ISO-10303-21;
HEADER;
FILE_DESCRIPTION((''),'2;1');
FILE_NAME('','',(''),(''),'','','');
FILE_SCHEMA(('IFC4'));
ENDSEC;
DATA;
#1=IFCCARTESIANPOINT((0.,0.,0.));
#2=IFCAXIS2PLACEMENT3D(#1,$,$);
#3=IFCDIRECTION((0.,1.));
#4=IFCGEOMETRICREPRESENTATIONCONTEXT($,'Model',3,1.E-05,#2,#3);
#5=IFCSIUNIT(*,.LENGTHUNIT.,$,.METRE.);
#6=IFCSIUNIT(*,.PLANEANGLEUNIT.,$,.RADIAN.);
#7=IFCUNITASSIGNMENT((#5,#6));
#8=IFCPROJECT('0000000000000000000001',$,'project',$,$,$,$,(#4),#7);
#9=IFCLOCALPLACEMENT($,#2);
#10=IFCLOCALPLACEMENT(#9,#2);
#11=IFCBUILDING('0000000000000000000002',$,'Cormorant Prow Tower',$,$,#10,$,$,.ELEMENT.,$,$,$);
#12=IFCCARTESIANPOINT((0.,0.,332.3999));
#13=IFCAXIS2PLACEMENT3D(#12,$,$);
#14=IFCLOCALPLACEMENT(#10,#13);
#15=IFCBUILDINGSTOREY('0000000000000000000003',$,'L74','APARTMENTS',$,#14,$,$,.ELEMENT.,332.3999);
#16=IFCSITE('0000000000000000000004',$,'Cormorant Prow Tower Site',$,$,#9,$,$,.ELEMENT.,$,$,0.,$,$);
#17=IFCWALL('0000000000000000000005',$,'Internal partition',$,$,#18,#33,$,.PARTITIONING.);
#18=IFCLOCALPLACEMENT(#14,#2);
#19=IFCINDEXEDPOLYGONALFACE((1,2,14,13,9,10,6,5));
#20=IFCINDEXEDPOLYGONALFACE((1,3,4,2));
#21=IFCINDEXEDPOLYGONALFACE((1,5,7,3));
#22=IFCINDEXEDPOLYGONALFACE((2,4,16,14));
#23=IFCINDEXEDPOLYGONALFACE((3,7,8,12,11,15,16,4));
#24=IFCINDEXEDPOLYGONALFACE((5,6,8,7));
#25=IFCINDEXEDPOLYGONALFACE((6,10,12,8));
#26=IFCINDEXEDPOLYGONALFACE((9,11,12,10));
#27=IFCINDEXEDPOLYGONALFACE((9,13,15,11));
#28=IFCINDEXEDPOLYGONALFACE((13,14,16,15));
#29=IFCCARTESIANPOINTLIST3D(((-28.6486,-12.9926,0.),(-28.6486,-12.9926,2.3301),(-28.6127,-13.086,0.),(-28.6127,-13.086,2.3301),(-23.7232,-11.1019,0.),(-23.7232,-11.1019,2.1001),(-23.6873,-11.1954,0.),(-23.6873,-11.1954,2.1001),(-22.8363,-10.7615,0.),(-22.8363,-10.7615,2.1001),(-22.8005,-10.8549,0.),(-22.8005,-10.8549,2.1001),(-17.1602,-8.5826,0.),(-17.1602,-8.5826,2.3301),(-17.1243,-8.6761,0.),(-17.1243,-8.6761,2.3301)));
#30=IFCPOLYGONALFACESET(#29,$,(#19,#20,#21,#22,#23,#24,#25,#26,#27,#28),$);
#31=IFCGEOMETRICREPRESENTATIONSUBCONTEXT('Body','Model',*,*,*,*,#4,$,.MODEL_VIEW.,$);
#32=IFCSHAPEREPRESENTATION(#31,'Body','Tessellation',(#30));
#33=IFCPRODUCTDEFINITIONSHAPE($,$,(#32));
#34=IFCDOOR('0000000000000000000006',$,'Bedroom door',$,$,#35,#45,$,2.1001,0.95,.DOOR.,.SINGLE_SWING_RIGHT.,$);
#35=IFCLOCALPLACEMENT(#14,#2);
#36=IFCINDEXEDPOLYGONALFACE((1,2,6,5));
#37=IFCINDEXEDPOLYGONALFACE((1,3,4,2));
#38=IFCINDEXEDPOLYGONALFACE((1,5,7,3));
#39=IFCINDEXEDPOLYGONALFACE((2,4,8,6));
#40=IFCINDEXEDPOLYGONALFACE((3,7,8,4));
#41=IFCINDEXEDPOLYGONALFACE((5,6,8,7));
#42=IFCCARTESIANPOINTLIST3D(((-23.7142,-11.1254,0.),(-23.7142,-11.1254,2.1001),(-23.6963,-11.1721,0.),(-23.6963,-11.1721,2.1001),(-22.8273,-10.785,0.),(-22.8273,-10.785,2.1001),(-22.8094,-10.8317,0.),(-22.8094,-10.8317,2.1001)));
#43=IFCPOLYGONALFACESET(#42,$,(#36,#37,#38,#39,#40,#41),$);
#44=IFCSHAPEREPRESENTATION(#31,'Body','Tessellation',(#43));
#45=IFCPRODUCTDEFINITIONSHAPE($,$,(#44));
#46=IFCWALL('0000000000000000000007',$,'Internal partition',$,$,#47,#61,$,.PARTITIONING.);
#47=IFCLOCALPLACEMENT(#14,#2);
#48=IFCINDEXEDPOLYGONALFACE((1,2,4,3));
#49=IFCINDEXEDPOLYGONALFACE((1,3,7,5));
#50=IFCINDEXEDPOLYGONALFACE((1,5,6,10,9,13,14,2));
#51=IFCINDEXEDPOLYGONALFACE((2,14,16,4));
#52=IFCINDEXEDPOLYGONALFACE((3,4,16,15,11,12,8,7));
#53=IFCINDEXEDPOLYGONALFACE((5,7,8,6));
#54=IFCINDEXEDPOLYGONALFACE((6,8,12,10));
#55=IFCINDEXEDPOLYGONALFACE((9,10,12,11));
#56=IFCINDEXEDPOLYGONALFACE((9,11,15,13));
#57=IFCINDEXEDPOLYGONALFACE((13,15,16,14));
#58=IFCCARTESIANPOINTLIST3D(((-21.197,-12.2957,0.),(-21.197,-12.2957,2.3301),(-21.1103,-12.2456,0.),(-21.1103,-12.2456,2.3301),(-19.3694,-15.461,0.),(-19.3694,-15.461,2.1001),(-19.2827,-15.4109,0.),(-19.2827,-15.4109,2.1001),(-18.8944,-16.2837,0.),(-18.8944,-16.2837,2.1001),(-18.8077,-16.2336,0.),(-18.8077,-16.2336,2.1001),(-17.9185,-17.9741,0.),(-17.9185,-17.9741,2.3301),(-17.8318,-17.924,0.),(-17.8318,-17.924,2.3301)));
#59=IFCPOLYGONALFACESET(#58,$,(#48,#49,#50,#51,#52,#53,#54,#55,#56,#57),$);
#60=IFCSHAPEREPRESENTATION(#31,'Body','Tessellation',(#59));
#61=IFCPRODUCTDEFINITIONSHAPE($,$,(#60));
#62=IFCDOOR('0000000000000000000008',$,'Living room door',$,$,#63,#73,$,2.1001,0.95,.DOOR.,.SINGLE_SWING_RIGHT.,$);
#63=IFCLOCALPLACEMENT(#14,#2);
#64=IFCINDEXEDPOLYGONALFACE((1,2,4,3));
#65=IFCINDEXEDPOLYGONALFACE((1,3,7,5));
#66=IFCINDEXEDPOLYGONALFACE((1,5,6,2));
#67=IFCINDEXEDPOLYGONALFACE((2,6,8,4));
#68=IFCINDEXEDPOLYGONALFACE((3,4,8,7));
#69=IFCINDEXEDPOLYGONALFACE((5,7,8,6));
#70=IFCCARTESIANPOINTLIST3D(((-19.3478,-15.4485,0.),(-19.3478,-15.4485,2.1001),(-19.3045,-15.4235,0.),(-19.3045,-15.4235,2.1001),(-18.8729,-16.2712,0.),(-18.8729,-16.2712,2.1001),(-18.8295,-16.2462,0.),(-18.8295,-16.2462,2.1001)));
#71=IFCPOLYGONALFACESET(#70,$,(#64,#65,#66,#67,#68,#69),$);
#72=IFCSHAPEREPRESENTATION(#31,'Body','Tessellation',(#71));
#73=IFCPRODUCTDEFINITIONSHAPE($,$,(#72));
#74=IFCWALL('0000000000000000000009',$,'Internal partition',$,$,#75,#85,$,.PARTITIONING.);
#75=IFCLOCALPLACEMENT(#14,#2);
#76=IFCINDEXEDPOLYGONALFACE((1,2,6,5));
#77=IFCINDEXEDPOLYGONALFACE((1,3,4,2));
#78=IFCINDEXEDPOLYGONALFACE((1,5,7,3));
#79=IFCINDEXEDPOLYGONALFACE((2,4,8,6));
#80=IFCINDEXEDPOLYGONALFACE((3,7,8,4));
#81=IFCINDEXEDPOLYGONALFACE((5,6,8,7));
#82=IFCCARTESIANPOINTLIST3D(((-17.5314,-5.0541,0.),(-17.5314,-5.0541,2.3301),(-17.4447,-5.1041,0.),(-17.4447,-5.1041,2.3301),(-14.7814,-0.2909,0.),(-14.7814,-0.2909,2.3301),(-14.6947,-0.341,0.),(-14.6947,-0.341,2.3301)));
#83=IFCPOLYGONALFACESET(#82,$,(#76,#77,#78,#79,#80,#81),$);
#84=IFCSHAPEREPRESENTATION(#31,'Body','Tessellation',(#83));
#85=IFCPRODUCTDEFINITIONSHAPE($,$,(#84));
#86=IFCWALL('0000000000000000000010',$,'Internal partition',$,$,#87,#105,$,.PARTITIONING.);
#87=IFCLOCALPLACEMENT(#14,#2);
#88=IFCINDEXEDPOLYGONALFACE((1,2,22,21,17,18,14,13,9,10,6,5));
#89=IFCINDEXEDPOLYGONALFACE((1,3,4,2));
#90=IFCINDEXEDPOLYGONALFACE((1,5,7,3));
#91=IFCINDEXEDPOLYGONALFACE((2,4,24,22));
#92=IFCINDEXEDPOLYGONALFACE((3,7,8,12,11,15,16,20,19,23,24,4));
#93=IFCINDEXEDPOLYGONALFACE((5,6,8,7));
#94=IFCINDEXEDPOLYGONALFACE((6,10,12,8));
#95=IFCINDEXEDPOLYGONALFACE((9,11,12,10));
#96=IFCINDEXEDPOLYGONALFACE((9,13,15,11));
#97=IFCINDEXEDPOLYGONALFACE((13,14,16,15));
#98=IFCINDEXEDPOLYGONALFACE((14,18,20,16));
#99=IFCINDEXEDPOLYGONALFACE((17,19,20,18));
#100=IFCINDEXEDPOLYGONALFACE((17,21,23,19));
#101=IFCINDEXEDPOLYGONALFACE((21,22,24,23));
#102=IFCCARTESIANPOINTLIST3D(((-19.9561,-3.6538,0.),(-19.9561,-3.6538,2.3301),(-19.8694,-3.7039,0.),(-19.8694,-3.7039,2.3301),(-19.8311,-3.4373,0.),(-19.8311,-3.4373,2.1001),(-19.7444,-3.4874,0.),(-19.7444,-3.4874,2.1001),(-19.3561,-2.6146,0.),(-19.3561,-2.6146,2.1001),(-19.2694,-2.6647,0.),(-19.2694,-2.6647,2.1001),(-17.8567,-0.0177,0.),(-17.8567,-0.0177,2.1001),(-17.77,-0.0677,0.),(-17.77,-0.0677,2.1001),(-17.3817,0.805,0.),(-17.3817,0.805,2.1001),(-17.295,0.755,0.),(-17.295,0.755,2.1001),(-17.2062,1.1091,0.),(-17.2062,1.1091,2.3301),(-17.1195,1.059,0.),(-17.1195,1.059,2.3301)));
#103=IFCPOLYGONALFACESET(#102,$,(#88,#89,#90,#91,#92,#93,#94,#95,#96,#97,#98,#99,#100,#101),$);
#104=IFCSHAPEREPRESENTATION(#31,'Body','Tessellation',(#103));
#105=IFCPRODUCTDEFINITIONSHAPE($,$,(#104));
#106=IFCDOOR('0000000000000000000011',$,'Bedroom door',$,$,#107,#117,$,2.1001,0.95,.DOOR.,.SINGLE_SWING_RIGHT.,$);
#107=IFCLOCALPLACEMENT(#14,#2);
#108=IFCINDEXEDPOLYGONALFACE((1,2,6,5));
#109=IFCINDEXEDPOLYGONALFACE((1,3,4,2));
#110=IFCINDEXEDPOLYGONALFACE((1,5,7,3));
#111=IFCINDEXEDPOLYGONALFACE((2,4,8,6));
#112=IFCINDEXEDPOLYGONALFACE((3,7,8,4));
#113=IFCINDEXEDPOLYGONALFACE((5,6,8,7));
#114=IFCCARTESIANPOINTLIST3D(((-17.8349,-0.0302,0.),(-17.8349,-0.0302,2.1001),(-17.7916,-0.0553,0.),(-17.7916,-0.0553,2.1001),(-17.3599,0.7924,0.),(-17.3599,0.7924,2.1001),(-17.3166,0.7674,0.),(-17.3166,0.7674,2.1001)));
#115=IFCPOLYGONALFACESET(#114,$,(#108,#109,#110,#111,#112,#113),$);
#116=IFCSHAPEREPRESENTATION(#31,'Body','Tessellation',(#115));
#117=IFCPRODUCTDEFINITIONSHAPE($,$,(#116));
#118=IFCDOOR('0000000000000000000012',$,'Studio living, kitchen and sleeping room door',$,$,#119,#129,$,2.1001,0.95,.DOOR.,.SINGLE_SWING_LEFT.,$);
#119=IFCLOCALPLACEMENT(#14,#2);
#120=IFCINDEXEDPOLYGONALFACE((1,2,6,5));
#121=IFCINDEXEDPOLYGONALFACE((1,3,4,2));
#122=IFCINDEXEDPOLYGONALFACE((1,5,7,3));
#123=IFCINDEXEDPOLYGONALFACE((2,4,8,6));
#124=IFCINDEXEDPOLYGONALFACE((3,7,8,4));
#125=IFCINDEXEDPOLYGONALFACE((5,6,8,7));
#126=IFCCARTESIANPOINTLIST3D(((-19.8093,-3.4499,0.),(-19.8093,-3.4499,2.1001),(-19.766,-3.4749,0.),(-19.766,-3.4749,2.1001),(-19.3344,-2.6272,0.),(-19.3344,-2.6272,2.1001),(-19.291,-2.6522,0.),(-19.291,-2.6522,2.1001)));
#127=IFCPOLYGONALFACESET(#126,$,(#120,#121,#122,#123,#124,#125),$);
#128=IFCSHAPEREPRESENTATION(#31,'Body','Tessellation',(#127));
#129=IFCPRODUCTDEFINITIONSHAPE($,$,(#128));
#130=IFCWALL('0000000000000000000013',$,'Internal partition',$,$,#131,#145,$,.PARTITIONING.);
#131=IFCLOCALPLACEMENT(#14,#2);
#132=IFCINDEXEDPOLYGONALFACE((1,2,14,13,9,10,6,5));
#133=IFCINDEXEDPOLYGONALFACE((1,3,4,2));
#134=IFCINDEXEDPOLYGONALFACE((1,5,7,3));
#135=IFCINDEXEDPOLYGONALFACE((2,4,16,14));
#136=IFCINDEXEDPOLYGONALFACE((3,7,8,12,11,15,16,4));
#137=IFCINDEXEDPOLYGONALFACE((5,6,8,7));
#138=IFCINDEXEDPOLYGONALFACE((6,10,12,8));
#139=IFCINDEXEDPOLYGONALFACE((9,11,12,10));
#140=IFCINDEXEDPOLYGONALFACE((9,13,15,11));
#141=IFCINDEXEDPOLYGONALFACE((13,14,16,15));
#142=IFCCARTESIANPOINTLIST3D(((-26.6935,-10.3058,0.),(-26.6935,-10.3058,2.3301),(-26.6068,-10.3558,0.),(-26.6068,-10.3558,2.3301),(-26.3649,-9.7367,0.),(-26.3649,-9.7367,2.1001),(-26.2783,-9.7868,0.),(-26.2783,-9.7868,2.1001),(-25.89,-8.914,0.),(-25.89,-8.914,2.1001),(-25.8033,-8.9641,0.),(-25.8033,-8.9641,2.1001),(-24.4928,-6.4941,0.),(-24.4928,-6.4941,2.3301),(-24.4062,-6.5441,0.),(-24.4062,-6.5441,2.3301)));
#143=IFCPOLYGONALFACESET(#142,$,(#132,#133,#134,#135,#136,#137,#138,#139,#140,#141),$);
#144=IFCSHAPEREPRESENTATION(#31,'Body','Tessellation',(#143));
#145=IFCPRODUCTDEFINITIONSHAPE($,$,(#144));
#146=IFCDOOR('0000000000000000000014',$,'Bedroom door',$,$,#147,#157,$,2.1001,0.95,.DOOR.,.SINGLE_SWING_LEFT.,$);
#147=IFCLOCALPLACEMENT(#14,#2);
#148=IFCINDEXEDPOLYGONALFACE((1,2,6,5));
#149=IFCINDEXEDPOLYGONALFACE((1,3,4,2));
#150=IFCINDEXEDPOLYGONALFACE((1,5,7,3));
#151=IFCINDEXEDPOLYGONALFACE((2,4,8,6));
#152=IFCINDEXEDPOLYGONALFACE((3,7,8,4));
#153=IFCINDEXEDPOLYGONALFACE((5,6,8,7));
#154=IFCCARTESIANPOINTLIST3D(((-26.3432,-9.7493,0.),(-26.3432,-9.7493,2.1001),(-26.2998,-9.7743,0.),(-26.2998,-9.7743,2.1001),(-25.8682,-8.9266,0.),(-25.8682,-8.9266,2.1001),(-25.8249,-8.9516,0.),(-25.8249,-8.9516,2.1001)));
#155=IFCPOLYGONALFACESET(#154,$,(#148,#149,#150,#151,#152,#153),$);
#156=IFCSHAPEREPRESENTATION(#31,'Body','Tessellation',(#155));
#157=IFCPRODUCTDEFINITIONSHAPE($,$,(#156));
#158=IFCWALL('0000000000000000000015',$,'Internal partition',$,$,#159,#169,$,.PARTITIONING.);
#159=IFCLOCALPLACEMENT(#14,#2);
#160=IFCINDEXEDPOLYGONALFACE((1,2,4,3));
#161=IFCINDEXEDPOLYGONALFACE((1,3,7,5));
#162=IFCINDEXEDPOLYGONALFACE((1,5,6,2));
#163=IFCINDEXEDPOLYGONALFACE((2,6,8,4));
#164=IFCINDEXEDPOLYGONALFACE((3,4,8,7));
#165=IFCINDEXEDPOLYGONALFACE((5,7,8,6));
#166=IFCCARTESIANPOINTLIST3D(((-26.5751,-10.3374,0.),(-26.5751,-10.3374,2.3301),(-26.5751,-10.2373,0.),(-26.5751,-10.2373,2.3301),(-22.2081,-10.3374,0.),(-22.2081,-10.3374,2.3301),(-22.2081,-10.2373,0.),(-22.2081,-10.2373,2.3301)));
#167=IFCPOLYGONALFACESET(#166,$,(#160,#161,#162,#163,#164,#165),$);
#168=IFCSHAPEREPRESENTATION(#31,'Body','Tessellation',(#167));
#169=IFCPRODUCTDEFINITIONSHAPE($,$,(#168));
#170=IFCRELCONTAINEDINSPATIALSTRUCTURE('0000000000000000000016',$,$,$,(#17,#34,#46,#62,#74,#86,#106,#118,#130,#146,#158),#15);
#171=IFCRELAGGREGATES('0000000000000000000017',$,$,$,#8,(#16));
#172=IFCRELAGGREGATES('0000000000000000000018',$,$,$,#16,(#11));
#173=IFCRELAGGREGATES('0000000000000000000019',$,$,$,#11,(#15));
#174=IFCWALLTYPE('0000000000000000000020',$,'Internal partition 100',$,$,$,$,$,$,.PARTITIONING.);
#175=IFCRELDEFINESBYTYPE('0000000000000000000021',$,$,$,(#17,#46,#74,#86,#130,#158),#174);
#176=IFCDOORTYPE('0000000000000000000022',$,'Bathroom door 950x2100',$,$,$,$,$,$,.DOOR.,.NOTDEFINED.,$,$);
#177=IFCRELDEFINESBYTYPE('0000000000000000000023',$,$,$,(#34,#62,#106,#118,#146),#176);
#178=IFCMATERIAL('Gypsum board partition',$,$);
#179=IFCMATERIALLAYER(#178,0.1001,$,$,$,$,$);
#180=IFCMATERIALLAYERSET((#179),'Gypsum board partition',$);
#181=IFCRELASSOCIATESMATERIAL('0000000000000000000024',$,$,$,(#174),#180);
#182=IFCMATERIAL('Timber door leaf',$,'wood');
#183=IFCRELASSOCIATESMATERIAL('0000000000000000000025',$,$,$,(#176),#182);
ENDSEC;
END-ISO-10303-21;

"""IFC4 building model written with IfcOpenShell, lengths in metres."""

from ifc_helpers import new_model, si_unit, direction, frame, frame_2d, origin, place, context, subcontext, project, spatial, rectangle, extrude, material, layer, layer_set, type_object, element, fill, save


model = new_model("IFC4")

# Units and contexts
model_context = context("Model", 3, precision=1e-05, world=origin(), true_north=direction((0.0, 1.0)))
body_context = subcontext(model_context, "Body", "Model", "MODEL_VIEW")
ifc_project = project(units=[si_unit("LENGTHUNIT", "METRE"), si_unit("PLANEANGLEUNIT", "RADIAN")], contexts=[model_context])

# Site, building, storey
site_placement = place(None, origin())
site = spatial("IfcSite", under=ifc_project, at=site_placement, Name="Cormorant Prow Tower Site", CompositionType="ELEMENT", RefElevation=0.0)
building_placement = place(site_placement, origin())
building = spatial("IfcBuilding", under=site, at=building_placement, Name="Cormorant Prow Tower", CompositionType="ELEMENT")
storey_placement = place(building_placement, frame((0.0, 0.0, 332.3999)))
storey = spatial("IfcBuildingStorey", under=building, at=storey_placement, Name="L74", Description="APARTMENTS", CompositionType="ELEMENT", Elevation=332.3999)

# Walls, openings, doors
ifc_material_1 = material(Name="Gypsum board partition")
ifc_layer_1 = layer(ifc_material_1, 0.1001)
ifc_layer_set_1 = layer_set([ifc_layer_1], Name="Gypsum board partition")
wall_type_1 = type_object("IfcWallType", Name="Internal partition 100", PredefinedType="PARTITIONING", material=ifc_layer_set_1)
wall_1_placement = place(storey_placement, frame((-28.6306, -13.0393, 0.0), z_axis=(0.0, 0.0, 1.0), x_axis=(0.933581, 0.358366, 0.0)))
wall_1 = element("IfcWall", 1, at=wall_1_placement, inside=storey, type_object=wall_type_1, Name="Internal partition", PredefinedType="PARTITIONING", context=body_context, shape_type="SweptSolid", body=[
    extrude(rectangle(XDim=12.3057, YDim=0.1001, at=frame_2d((6.1528, 0.0))), origin(), (0.0, 0.0, 1.0), 2.3301),
])
opening_1_placement = place(wall_1_placement, frame((5.2756, 0.0, 0.0)))
opening_1 = element("IfcOpeningElement", 2, at=opening_1_placement, cuts=wall_1, PredefinedType="OPENING", context=body_context, shape_type="SweptSolid", body=[
    extrude(rectangle(XDim=0.95, YDim=2.1001, at=frame_2d((0.4751, 1.05))), frame((0.0, 0.0601, 0.0), z_axis=(0.0, -1.0, 0.0), x_axis=(1.0, 0.0, 0.0)), (0.0, 0.0, 1.0), 0.1201),
])
ifc_material_2 = material(Name="Timber door leaf", Category="wood")
door_type_1 = type_object("IfcDoorType", Name="Bathroom door 950x2100", OperationType="NOTDEFINED", PredefinedType="DOOR", material=ifc_material_2)
door_1_placement = place(opening_1_placement, origin())
door_1 = element("IfcDoor", 3, at=door_1_placement, inside=storey, type_object=door_type_1, Name="Bedroom door", OperationType="SINGLE_SWING_RIGHT", OverallHeight=2.1001, OverallWidth=0.95, PredefinedType="DOOR", context=body_context, shape_type="SweptSolid", body=[
    extrude(rectangle(XDim=0.95, YDim=2.1001, at=frame_2d((0.4751, 1.05))), frame((0.0, 0.0249, 0.0), z_axis=(0.0, -1.0, 0.0), x_axis=(1.0, 0.0, 0.0)), (0.0, 0.0, 1.0), 0.05),
])
fill(opening_1, door_1)
wall_2_placement = place(storey_placement, frame((-21.1536, -12.2708, 0.0), z_axis=(0.0, 0.0, 1.0), x_axis=(0.500011, -0.866019, 0.0)))
wall_2 = element("IfcWall", 4, at=wall_2_placement, inside=storey, type_object=wall_type_1, Name="Internal partition", PredefinedType="PARTITIONING", context=body_context, shape_type="SweptSolid", body=[
    extrude(rectangle(XDim=6.5569, YDim=0.1001, at=frame_2d((3.2783, 0.0))), origin(), (0.0, 0.0, 1.0), 2.3301),
])
opening_2_placement = place(wall_2_placement, frame((3.6548, 0.0, 0.0)))
opening_2 = element("IfcOpeningElement", 5, at=opening_2_placement, cuts=wall_2, PredefinedType="OPENING", context=body_context, shape_type="SweptSolid", body=[
    extrude(rectangle(XDim=0.95, YDim=2.1001, at=frame_2d((0.4751, 1.05))), frame((0.0, 0.0601, 0.0), z_axis=(0.0, -1.0, 0.0), x_axis=(1.0, 0.0, 0.0)), (0.0, 0.0, 1.0), 0.1201),
])
door_2_placement = place(opening_2_placement, origin())
door_2 = element("IfcDoor", 6, at=door_2_placement, inside=storey, type_object=door_type_1, Name="Living room door", OperationType="SINGLE_SWING_RIGHT", OverallHeight=2.1001, OverallWidth=0.95, PredefinedType="DOOR", context=body_context, shape_type="SweptSolid", body=[
    extrude(rectangle(XDim=0.95, YDim=2.1001, at=frame_2d((0.4751, 1.05))), frame((0.0, 0.0249, 0.0), z_axis=(0.0, -1.0, 0.0), x_axis=(1.0, 0.0, 0.0)), (0.0, 0.0, 1.0), 0.05),
])
fill(opening_2, door_2)

# Wall
wall_3_placement = place(storey_placement, frame((-17.488, -5.0791, 0.0), z_axis=(0.0, 0.0, 1.0), x_axis=(0.499997, 0.866027, 0.0)))
element("IfcWall", 7, at=wall_3_placement, inside=storey, type_object=wall_type_1, Name="Internal partition", PredefinedType="PARTITIONING", context=body_context, shape_type="SweptSolid", body=[
    extrude(rectangle(XDim=5.5, YDim=0.1001, at=frame_2d((2.75, 0.0))), origin(), (0.0, 0.0, 1.0), 2.3301),
])

# Wall, openings, doors
wall_4_placement = place(storey_placement, frame((-19.9128, -3.679, 0.0), z_axis=(0.0, 0.0, 1.0), x_axis=(0.500016, 0.866016, 0.0)))
wall_4 = element("IfcWall", 8, at=wall_4_placement, inside=storey, type_object=wall_type_1, Name="Internal partition", PredefinedType="PARTITIONING", context=body_context, shape_type="SweptSolid", body=[
    extrude(rectangle(XDim=5.4998, YDim=0.1001, at=frame_2d((2.75, 0.0))), origin(), (0.0, 0.0, 1.0), 2.3301),
])
opening_3_placement = place(wall_4_placement, frame((4.1987, 0.0, 0.0)))
opening_3 = element("IfcOpeningElement", 9, at=opening_3_placement, cuts=wall_4, PredefinedType="OPENING", context=body_context, shape_type="SweptSolid", body=[
    extrude(rectangle(XDim=0.95, YDim=2.1001, at=frame_2d((0.4751, 1.05))), frame((0.0, 0.0601, 0.0), z_axis=(0.0, -1.0, 0.0), x_axis=(1.0, 0.0, 0.0)), (0.0, 0.0, 1.0), 0.1201),
])
opening_4_placement = place(wall_4_placement, frame((0.25, 0.0, 0.0)))
opening_4 = element("IfcOpeningElement", 10, at=opening_4_placement, cuts=wall_4, PredefinedType="OPENING", context=body_context, shape_type="SweptSolid", body=[
    extrude(rectangle(XDim=0.95, YDim=2.1001, at=frame_2d((0.4751, 1.05))), frame((0.0, 0.0601, 0.0), z_axis=(0.0, -1.0, 0.0), x_axis=(1.0, 0.0, 0.0)), (0.0, 0.0, 1.0), 0.1201),
])
door_3_placement = place(opening_3_placement, origin())
door_3 = element("IfcDoor", 11, at=door_3_placement, inside=storey, type_object=door_type_1, Name="Bedroom door", OperationType="SINGLE_SWING_RIGHT", OverallHeight=2.1001, OverallWidth=0.95, PredefinedType="DOOR", context=body_context, shape_type="SweptSolid", body=[
    extrude(rectangle(XDim=0.95, YDim=2.1001, at=frame_2d((0.4751, 1.05))), frame((0.0, 0.0249, 0.0), z_axis=(0.0, -1.0, 0.0), x_axis=(1.0, 0.0, 0.0)), (0.0, 0.0, 1.0), 0.05),
])
fill(opening_3, door_3)
door_4_placement = place(opening_4_placement, origin())
door_4 = element("IfcDoor", 12, at=door_4_placement, inside=storey, type_object=door_type_1, Name="Studio living, kitchen and sleeping room door", OperationType="SINGLE_SWING_LEFT", OverallHeight=2.1001, OverallWidth=0.95, PredefinedType="DOOR", context=body_context, shape_type="SweptSolid", body=[
    extrude(rectangle(XDim=0.95, YDim=2.1001, at=frame_2d((0.4751, 1.05))), frame((0.0, 0.0249, 0.0), z_axis=(0.0, -1.0, 0.0), x_axis=(1.0, 0.0, 0.0)), (0.0, 0.0, 1.0), 0.05),
])
fill(opening_4, door_4)

# Wall, opening, door
wall_5_placement = place(storey_placement, frame((-26.6501, -10.3308, 0.0), z_axis=(0.0, 0.0, 1.0), x_axis=(0.499993, 0.866029, 0.0)))
wall_5 = element("IfcWall", 13, at=wall_5_placement, inside=storey, type_object=wall_type_1, Name="Internal partition", PredefinedType="PARTITIONING", context=body_context, shape_type="SweptSolid", body=[
    extrude(rectangle(XDim=4.4014, YDim=0.1001, at=frame_2d((2.2007, 0.0))), origin(), (0.0, 0.0, 1.0), 2.3301),
])
opening_5_placement = place(wall_5_placement, frame((0.657, 0.0, 0.0)))
opening_5 = element("IfcOpeningElement", 14, at=opening_5_placement, cuts=wall_5, PredefinedType="OPENING", context=body_context, shape_type="SweptSolid", body=[
    extrude(rectangle(XDim=0.95, YDim=2.1001, at=frame_2d((0.4751, 1.05))), frame((0.0, 0.0601, 0.0), z_axis=(0.0, -1.0, 0.0), x_axis=(1.0, 0.0, 0.0)), (0.0, 0.0, 1.0), 0.1201),
])
door_5_placement = place(opening_5_placement, origin())
door_5 = element("IfcDoor", 15, at=door_5_placement, inside=storey, type_object=door_type_1, Name="Bedroom door", OperationType="SINGLE_SWING_LEFT", OverallHeight=2.1001, OverallWidth=0.95, PredefinedType="DOOR", context=body_context, shape_type="SweptSolid", body=[
    extrude(rectangle(XDim=0.95, YDim=2.1001, at=frame_2d((0.4751, 1.05))), frame((0.0, 0.0249, 0.0), z_axis=(0.0, -1.0, 0.0), x_axis=(1.0, 0.0, 0.0)), (0.0, 0.0, 1.0), 0.05),
])
fill(opening_5, door_5)

# Wall
wall_6_placement = place(storey_placement, frame((-26.5752, -10.2874, 0.0), z_axis=(0.0, 0.0, 1.0), x_axis=(1.0, 0.0, 0.0)))
element("IfcWall", 16, at=wall_6_placement, inside=storey, type_object=wall_type_1, Name="Internal partition", PredefinedType="PARTITIONING", context=body_context, shape_type="SweptSolid", body=[
    extrude(rectangle(XDim=4.3669, YDim=0.1001, at=frame_2d((2.1836, 0.0))), origin(), (0.0, 0.0, 1.0), 2.3301),
])

save(model, "model.ifc")
